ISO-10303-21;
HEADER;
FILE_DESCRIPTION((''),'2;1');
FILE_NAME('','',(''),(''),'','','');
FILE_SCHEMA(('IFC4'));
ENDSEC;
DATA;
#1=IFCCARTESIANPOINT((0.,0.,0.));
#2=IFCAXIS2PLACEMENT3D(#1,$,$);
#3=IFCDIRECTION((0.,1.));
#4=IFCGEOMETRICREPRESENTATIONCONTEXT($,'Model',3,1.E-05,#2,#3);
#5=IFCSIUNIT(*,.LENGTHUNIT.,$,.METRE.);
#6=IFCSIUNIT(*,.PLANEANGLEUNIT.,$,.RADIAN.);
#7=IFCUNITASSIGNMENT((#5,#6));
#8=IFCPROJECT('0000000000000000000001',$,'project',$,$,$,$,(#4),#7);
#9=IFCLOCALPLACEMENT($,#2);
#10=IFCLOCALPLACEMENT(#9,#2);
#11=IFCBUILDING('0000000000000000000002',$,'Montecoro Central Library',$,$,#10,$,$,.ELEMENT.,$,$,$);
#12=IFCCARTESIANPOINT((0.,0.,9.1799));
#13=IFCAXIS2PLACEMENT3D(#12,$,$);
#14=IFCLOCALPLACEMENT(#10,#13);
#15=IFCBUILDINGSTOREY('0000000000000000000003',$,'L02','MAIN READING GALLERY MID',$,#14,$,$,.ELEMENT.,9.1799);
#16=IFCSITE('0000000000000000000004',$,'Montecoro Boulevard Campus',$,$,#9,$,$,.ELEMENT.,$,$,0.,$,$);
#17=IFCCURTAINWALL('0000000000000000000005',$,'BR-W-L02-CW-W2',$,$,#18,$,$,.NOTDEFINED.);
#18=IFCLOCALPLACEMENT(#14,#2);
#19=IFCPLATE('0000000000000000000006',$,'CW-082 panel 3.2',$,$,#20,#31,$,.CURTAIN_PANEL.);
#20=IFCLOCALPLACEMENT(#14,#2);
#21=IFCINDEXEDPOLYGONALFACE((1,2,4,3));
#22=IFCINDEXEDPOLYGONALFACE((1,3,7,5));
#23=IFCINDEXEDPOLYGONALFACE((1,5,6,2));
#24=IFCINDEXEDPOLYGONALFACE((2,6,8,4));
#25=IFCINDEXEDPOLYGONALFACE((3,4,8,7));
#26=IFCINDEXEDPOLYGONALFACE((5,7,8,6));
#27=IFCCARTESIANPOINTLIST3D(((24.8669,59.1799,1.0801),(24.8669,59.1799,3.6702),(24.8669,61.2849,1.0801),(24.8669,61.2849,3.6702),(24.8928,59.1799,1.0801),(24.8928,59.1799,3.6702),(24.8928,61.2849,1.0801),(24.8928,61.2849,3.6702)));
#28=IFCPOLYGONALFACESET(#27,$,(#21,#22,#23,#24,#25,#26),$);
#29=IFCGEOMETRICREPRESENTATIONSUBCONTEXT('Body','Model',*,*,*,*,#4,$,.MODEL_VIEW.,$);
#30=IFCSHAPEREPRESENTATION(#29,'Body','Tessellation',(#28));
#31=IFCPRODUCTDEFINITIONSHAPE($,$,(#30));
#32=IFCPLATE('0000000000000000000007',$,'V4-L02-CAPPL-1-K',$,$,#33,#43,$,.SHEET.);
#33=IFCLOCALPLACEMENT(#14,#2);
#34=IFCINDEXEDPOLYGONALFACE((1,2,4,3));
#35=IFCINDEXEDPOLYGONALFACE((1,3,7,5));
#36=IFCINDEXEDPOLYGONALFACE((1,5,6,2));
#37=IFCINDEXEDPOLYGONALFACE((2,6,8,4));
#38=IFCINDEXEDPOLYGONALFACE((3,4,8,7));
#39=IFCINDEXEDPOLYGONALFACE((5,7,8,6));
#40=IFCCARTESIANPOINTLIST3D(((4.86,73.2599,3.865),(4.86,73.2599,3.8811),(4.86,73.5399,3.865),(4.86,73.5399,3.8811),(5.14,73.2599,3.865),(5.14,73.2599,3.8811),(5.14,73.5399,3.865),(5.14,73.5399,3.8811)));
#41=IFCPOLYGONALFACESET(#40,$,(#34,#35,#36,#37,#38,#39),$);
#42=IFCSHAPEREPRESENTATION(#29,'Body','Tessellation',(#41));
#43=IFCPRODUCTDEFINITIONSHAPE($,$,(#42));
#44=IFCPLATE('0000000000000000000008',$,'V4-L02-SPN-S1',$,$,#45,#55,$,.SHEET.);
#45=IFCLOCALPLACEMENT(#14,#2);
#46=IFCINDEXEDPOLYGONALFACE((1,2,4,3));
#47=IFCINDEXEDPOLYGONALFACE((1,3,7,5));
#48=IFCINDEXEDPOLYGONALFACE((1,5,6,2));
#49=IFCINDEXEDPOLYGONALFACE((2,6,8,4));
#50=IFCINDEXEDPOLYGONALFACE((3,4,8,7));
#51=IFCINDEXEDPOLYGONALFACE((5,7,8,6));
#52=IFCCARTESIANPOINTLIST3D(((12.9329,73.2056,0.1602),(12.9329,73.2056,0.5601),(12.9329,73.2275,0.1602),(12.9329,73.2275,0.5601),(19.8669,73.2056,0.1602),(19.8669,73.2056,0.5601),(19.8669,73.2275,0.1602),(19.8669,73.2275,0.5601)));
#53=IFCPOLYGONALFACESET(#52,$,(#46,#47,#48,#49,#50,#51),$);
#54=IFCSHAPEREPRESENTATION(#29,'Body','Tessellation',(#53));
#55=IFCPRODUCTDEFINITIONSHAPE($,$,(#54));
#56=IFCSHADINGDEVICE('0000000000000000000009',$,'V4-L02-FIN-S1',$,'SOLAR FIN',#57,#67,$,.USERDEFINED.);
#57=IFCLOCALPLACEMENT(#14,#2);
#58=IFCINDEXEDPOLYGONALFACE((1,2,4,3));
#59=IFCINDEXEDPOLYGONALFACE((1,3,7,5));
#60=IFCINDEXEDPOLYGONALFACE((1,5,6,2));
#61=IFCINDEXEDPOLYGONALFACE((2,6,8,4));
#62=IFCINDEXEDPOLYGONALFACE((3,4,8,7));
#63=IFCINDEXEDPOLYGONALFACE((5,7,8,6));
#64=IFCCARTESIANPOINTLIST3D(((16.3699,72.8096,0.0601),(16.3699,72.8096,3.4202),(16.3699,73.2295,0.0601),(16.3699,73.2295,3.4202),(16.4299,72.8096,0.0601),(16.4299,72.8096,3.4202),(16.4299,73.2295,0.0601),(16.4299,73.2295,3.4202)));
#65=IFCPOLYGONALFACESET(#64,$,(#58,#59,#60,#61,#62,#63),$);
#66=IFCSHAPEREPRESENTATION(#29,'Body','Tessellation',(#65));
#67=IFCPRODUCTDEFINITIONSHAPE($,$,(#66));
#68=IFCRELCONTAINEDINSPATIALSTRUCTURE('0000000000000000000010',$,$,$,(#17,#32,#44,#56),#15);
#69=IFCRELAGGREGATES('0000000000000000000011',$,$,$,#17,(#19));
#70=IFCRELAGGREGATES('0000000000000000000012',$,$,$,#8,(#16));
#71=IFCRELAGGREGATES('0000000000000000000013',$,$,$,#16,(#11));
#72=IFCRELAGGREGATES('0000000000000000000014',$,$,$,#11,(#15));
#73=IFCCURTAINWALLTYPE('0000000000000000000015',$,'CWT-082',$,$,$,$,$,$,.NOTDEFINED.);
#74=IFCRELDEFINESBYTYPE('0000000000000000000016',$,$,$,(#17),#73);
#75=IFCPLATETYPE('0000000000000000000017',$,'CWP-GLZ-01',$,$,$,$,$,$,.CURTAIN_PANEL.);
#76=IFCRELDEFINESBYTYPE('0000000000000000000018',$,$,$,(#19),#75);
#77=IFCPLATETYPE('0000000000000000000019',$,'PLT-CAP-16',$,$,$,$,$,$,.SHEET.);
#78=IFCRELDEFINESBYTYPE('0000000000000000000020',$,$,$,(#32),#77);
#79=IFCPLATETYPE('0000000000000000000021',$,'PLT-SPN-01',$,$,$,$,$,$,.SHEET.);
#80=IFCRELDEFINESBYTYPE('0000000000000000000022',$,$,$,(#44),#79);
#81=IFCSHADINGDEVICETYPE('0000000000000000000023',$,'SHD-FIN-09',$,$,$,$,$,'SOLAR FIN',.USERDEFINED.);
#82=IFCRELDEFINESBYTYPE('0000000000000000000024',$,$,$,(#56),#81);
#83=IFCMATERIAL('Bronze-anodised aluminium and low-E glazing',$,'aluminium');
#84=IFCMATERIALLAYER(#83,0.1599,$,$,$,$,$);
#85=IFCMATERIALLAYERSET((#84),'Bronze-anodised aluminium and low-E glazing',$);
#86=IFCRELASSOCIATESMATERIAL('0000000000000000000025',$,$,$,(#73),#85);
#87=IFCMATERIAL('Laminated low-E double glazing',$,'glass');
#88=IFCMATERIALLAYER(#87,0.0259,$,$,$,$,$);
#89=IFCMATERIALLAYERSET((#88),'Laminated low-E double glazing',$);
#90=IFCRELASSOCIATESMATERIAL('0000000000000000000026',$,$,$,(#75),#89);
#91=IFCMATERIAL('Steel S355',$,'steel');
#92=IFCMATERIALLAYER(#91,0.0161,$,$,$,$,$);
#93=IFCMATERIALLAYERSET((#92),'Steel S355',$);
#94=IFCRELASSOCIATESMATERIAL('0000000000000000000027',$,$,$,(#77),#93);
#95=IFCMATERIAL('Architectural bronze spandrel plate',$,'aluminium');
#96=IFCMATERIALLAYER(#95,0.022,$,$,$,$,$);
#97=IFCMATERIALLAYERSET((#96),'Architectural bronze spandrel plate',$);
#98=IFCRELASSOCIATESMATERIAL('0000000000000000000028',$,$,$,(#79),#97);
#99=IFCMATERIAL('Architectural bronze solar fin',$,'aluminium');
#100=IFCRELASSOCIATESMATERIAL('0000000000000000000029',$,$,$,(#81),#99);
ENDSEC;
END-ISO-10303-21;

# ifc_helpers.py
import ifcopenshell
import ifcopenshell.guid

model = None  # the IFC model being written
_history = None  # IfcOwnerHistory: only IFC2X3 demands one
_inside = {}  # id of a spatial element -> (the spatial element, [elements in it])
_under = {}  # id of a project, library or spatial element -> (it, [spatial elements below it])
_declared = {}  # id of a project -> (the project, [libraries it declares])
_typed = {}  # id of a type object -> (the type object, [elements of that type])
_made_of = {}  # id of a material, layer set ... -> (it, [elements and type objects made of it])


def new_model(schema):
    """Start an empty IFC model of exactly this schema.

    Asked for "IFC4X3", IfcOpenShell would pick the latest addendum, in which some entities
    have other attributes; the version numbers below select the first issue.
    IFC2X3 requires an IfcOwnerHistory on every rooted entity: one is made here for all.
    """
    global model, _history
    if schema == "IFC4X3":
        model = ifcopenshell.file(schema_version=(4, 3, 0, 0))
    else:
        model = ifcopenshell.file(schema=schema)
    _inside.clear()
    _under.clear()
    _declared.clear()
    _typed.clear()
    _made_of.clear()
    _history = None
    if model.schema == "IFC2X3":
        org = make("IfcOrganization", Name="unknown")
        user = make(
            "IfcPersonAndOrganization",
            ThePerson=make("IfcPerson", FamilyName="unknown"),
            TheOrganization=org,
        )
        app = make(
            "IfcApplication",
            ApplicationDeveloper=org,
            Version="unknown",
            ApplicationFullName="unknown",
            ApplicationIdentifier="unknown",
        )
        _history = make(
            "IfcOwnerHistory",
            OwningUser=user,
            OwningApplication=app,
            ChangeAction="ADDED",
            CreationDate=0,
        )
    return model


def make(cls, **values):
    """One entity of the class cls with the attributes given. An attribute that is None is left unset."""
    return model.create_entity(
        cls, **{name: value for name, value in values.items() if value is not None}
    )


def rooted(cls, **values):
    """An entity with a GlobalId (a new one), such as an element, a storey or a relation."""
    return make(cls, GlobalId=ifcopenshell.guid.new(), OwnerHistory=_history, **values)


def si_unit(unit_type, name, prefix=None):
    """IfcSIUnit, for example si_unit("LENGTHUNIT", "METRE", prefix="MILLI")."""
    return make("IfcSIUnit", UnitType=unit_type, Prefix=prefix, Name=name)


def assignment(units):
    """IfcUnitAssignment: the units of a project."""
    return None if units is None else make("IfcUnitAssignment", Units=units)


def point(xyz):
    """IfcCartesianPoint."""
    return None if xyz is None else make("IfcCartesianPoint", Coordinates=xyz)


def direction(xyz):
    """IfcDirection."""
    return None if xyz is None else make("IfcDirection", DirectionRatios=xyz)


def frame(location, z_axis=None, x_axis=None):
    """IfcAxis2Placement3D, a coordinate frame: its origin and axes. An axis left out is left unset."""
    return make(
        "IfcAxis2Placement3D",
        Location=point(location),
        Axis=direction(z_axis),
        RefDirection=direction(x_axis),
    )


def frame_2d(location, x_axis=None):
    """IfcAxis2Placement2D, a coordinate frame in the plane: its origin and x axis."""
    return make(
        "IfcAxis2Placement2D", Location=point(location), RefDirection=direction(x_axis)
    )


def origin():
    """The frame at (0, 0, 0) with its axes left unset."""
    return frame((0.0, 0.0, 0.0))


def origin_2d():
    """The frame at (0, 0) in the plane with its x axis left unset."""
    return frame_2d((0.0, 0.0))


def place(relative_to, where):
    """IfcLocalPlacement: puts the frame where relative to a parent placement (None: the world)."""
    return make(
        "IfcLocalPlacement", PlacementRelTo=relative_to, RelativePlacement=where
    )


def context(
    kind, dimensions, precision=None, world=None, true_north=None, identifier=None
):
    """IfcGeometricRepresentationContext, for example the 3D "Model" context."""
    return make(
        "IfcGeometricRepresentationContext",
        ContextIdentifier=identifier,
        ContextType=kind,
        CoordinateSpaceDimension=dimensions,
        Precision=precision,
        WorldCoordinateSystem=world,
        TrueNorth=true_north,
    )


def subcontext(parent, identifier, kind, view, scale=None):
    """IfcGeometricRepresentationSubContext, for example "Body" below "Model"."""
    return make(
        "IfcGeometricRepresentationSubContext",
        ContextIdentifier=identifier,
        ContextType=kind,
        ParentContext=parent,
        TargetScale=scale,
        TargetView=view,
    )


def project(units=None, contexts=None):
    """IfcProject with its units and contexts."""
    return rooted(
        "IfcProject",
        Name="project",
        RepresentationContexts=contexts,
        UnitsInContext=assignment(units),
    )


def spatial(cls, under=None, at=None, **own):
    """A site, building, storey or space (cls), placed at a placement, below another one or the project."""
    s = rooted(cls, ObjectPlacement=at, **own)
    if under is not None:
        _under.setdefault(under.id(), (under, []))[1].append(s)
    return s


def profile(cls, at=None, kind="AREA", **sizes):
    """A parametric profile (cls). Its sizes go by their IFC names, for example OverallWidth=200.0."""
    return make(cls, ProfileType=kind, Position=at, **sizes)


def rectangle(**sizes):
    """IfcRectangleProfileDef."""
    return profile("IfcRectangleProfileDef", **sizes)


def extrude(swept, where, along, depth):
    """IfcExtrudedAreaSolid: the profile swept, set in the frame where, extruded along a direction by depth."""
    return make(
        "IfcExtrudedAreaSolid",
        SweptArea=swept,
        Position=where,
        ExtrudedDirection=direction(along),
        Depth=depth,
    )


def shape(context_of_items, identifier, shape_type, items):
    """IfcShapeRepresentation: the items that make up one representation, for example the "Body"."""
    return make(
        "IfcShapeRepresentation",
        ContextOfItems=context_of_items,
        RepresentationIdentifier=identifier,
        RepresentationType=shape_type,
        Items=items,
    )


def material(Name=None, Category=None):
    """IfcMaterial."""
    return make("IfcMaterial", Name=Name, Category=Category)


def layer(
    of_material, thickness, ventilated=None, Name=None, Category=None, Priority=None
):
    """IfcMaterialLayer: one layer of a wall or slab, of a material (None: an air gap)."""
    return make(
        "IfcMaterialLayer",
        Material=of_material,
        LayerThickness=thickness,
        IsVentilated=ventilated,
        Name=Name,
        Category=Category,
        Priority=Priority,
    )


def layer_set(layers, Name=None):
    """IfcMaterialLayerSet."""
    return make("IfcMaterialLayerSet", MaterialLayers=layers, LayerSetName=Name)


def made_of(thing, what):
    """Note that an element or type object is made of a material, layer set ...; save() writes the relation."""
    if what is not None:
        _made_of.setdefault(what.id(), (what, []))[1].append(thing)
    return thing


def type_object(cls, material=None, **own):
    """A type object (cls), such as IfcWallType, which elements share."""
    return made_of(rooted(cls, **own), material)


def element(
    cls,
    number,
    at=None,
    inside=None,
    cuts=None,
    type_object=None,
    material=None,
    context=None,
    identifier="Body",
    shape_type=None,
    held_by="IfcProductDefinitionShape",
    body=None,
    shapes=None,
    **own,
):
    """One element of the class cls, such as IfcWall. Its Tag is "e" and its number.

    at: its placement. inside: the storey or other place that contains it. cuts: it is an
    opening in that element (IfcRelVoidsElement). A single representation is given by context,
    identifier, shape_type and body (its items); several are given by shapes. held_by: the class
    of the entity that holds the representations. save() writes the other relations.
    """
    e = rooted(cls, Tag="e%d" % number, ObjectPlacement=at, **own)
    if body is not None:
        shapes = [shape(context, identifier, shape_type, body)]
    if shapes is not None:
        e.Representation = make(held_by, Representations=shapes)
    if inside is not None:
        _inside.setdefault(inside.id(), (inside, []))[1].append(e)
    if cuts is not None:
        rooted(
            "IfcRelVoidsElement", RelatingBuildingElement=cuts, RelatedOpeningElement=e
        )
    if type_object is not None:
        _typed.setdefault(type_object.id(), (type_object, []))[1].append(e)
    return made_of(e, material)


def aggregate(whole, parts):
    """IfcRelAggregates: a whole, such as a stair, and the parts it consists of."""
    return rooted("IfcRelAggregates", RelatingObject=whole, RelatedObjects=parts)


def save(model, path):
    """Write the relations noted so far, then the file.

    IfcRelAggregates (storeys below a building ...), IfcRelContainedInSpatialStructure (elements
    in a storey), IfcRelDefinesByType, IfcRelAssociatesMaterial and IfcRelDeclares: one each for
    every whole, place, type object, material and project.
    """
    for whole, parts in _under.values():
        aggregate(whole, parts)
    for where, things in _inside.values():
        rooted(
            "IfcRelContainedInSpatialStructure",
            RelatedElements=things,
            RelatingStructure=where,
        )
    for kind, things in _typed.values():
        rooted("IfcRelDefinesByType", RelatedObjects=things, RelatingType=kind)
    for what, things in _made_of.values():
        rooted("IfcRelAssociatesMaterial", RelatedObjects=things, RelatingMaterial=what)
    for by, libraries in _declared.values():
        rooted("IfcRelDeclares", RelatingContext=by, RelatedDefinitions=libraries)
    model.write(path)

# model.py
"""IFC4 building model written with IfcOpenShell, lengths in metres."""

from ifc_helpers import new_model, si_unit, direction, frame, origin, origin_2d, place, context, subcontext, project, spatial, rectangle, extrude, material, layer, layer_set, type_object, element, aggregate, save


model = new_model("IFC4")

# Units and contexts
model_context = context("Model", 3, precision=1e-05, world=origin(), true_north=direction((0.0, 1.0)))
body_context = subcontext(model_context, "Body", "Model", "MODEL_VIEW")
ifc_project = project(units=[si_unit("LENGTHUNIT", "METRE"), si_unit("PLANEANGLEUNIT", "RADIAN")], contexts=[model_context])

# Site, building, storey
site_placement = place(None, origin())
site = spatial("IfcSite", under=ifc_project, at=site_placement, Name="Montecoro Boulevard Campus", CompositionType="ELEMENT", RefElevation=0.0)
building_placement = place(site_placement, origin())
building = spatial("IfcBuilding", under=site, at=building_placement, Name="Montecoro Central Library", CompositionType="ELEMENT")
storey_placement = place(building_placement, frame((0.0, 0.0, 9.1799)))
storey = spatial("IfcBuildingStorey", under=building, at=storey_placement, Name="L02", Description="MAIN READING GALLERY MID", CompositionType="ELEMENT", Elevation=9.1799)

# Shared definitions
ifc_material_1 = material(Name="Steel S355", Category="steel")

# Shared definitions
ifc_material_2 = material(Name="Bronze-anodised aluminium and low-E glazing", Category="aluminium")

# Curtain wall
ifc_layer_1 = layer(ifc_material_2, 0.1599)
ifc_layer_set_1 = layer_set([ifc_layer_1], Name="Bronze-anodised aluminium and low-E glazing")
curtain_wall_type_1 = type_object("IfcCurtainWallType", Name="CWT-082", PredefinedType="NOTDEFINED", material=ifc_layer_set_1)
curtain_wall_1_placement = place(storey_placement, origin())
curtain_wall_1 = element("IfcCurtainWall", 1, at=curtain_wall_1_placement, inside=storey, type_object=curtain_wall_type_1, Name="BR-W-L02-CW-W2", PredefinedType="NOTDEFINED")

# Plate
ifc_material_3 = material(Name="Laminated low-E double glazing", Category="glass")
ifc_layer_2 = layer(ifc_material_3, 0.0259)
ifc_layer_set_2 = layer_set([ifc_layer_2], Name="Laminated low-E double glazing")
plate_type_1 = type_object("IfcPlateType", Name="CWP-GLZ-01", PredefinedType="CURTAIN_PANEL", material=ifc_layer_set_2)
plate_1_placement = place(storey_placement, frame((24.8799, 60.2324, 1.0801), z_axis=(0.0, 0.0, 1.0), x_axis=(0.0, 1.0, 0.0)))
plate_1 = element("IfcPlate", 2, at=plate_1_placement, type_object=plate_type_1, Name="CW-082 panel 3.2", PredefinedType="CURTAIN_PANEL", context=body_context, shape_type="SweptSolid", body=[
    extrude(rectangle(XDim=2.105, YDim=0.0259, at=origin_2d()), origin(), (0.0, 0.0, 1.0), 2.5901),
])
aggregate(curtain_wall_1, [plate_1])

# Plates
ifc_layer_3 = layer(ifc_material_1, 0.0161)
ifc_layer_set_3 = layer_set([ifc_layer_3], Name="Steel S355")
plate_type_2 = type_object("IfcPlateType", Name="PLT-CAP-16", PredefinedType="SHEET", material=ifc_layer_set_3)
plate_2_placement = place(storey_placement, frame((5.0, 73.3999, 3.865), z_axis=(0.0, 0.0, 1.0), x_axis=(1.0, 0.0, 0.0)))
element("IfcPlate", 3, at=plate_2_placement, inside=storey, type_object=plate_type_2, Name="V4-L02-CAPPL-1-K", PredefinedType="SHEET", context=body_context, shape_type="SweptSolid", body=[
    extrude(rectangle(XDim=0.28, YDim=0.28, at=origin_2d()), origin(), (0.0, 0.0, 1.0), 0.0161),
])
ifc_material_4 = material(Name="Architectural bronze spandrel plate", Category="aluminium")
ifc_layer_4 = layer(ifc_material_4, 0.022)
ifc_layer_set_4 = layer_set([ifc_layer_4], Name="Architectural bronze spandrel plate")
plate_type_3 = type_object("IfcPlateType", Name="PLT-SPN-01", PredefinedType="SHEET", material=ifc_layer_set_4)
plate_3_placement = place(storey_placement, frame((16.3999, 73.2166, 0.1602), z_axis=(0.0, 0.0, 1.0), x_axis=(1.0, 0.0, 0.0)))
element("IfcPlate", 4, at=plate_3_placement, inside=storey, type_object=plate_type_3, Name="V4-L02-SPN-S1", PredefinedType="SHEET", context=body_context, shape_type="SweptSolid", body=[
    extrude(rectangle(XDim=6.9341, YDim=0.022, at=origin_2d()), origin(), (0.0, 0.0, 1.0), 0.3999),
])

# Shading device
ifc_material_5 = material(Name="Architectural bronze solar fin", Category="aluminium")
shading_device_type = type_object("IfcShadingDeviceType", Name="SHD-FIN-09", ElementType="SOLAR FIN", PredefinedType="USERDEFINED", material=ifc_material_5)
shading_device_placement = place(storey_placement, frame((16.3999, 73.0195, 0.0601), z_axis=(0.0, 0.0, 1.0), x_axis=(1.0, 0.0, 0.0)))
element("IfcShadingDevice", 5, at=shading_device_placement, inside=storey, type_object=shading_device_type, Name="V4-L02-FIN-S1", ObjectType="SOLAR FIN", PredefinedType="USERDEFINED", context=body_context, shape_type="SweptSolid", body=[
    extrude(rectangle(XDim=0.0601, YDim=0.4199, at=origin_2d()), origin(), (0.0, 0.0, 1.0), 3.3601),
])

save(model, "model.ifc")
